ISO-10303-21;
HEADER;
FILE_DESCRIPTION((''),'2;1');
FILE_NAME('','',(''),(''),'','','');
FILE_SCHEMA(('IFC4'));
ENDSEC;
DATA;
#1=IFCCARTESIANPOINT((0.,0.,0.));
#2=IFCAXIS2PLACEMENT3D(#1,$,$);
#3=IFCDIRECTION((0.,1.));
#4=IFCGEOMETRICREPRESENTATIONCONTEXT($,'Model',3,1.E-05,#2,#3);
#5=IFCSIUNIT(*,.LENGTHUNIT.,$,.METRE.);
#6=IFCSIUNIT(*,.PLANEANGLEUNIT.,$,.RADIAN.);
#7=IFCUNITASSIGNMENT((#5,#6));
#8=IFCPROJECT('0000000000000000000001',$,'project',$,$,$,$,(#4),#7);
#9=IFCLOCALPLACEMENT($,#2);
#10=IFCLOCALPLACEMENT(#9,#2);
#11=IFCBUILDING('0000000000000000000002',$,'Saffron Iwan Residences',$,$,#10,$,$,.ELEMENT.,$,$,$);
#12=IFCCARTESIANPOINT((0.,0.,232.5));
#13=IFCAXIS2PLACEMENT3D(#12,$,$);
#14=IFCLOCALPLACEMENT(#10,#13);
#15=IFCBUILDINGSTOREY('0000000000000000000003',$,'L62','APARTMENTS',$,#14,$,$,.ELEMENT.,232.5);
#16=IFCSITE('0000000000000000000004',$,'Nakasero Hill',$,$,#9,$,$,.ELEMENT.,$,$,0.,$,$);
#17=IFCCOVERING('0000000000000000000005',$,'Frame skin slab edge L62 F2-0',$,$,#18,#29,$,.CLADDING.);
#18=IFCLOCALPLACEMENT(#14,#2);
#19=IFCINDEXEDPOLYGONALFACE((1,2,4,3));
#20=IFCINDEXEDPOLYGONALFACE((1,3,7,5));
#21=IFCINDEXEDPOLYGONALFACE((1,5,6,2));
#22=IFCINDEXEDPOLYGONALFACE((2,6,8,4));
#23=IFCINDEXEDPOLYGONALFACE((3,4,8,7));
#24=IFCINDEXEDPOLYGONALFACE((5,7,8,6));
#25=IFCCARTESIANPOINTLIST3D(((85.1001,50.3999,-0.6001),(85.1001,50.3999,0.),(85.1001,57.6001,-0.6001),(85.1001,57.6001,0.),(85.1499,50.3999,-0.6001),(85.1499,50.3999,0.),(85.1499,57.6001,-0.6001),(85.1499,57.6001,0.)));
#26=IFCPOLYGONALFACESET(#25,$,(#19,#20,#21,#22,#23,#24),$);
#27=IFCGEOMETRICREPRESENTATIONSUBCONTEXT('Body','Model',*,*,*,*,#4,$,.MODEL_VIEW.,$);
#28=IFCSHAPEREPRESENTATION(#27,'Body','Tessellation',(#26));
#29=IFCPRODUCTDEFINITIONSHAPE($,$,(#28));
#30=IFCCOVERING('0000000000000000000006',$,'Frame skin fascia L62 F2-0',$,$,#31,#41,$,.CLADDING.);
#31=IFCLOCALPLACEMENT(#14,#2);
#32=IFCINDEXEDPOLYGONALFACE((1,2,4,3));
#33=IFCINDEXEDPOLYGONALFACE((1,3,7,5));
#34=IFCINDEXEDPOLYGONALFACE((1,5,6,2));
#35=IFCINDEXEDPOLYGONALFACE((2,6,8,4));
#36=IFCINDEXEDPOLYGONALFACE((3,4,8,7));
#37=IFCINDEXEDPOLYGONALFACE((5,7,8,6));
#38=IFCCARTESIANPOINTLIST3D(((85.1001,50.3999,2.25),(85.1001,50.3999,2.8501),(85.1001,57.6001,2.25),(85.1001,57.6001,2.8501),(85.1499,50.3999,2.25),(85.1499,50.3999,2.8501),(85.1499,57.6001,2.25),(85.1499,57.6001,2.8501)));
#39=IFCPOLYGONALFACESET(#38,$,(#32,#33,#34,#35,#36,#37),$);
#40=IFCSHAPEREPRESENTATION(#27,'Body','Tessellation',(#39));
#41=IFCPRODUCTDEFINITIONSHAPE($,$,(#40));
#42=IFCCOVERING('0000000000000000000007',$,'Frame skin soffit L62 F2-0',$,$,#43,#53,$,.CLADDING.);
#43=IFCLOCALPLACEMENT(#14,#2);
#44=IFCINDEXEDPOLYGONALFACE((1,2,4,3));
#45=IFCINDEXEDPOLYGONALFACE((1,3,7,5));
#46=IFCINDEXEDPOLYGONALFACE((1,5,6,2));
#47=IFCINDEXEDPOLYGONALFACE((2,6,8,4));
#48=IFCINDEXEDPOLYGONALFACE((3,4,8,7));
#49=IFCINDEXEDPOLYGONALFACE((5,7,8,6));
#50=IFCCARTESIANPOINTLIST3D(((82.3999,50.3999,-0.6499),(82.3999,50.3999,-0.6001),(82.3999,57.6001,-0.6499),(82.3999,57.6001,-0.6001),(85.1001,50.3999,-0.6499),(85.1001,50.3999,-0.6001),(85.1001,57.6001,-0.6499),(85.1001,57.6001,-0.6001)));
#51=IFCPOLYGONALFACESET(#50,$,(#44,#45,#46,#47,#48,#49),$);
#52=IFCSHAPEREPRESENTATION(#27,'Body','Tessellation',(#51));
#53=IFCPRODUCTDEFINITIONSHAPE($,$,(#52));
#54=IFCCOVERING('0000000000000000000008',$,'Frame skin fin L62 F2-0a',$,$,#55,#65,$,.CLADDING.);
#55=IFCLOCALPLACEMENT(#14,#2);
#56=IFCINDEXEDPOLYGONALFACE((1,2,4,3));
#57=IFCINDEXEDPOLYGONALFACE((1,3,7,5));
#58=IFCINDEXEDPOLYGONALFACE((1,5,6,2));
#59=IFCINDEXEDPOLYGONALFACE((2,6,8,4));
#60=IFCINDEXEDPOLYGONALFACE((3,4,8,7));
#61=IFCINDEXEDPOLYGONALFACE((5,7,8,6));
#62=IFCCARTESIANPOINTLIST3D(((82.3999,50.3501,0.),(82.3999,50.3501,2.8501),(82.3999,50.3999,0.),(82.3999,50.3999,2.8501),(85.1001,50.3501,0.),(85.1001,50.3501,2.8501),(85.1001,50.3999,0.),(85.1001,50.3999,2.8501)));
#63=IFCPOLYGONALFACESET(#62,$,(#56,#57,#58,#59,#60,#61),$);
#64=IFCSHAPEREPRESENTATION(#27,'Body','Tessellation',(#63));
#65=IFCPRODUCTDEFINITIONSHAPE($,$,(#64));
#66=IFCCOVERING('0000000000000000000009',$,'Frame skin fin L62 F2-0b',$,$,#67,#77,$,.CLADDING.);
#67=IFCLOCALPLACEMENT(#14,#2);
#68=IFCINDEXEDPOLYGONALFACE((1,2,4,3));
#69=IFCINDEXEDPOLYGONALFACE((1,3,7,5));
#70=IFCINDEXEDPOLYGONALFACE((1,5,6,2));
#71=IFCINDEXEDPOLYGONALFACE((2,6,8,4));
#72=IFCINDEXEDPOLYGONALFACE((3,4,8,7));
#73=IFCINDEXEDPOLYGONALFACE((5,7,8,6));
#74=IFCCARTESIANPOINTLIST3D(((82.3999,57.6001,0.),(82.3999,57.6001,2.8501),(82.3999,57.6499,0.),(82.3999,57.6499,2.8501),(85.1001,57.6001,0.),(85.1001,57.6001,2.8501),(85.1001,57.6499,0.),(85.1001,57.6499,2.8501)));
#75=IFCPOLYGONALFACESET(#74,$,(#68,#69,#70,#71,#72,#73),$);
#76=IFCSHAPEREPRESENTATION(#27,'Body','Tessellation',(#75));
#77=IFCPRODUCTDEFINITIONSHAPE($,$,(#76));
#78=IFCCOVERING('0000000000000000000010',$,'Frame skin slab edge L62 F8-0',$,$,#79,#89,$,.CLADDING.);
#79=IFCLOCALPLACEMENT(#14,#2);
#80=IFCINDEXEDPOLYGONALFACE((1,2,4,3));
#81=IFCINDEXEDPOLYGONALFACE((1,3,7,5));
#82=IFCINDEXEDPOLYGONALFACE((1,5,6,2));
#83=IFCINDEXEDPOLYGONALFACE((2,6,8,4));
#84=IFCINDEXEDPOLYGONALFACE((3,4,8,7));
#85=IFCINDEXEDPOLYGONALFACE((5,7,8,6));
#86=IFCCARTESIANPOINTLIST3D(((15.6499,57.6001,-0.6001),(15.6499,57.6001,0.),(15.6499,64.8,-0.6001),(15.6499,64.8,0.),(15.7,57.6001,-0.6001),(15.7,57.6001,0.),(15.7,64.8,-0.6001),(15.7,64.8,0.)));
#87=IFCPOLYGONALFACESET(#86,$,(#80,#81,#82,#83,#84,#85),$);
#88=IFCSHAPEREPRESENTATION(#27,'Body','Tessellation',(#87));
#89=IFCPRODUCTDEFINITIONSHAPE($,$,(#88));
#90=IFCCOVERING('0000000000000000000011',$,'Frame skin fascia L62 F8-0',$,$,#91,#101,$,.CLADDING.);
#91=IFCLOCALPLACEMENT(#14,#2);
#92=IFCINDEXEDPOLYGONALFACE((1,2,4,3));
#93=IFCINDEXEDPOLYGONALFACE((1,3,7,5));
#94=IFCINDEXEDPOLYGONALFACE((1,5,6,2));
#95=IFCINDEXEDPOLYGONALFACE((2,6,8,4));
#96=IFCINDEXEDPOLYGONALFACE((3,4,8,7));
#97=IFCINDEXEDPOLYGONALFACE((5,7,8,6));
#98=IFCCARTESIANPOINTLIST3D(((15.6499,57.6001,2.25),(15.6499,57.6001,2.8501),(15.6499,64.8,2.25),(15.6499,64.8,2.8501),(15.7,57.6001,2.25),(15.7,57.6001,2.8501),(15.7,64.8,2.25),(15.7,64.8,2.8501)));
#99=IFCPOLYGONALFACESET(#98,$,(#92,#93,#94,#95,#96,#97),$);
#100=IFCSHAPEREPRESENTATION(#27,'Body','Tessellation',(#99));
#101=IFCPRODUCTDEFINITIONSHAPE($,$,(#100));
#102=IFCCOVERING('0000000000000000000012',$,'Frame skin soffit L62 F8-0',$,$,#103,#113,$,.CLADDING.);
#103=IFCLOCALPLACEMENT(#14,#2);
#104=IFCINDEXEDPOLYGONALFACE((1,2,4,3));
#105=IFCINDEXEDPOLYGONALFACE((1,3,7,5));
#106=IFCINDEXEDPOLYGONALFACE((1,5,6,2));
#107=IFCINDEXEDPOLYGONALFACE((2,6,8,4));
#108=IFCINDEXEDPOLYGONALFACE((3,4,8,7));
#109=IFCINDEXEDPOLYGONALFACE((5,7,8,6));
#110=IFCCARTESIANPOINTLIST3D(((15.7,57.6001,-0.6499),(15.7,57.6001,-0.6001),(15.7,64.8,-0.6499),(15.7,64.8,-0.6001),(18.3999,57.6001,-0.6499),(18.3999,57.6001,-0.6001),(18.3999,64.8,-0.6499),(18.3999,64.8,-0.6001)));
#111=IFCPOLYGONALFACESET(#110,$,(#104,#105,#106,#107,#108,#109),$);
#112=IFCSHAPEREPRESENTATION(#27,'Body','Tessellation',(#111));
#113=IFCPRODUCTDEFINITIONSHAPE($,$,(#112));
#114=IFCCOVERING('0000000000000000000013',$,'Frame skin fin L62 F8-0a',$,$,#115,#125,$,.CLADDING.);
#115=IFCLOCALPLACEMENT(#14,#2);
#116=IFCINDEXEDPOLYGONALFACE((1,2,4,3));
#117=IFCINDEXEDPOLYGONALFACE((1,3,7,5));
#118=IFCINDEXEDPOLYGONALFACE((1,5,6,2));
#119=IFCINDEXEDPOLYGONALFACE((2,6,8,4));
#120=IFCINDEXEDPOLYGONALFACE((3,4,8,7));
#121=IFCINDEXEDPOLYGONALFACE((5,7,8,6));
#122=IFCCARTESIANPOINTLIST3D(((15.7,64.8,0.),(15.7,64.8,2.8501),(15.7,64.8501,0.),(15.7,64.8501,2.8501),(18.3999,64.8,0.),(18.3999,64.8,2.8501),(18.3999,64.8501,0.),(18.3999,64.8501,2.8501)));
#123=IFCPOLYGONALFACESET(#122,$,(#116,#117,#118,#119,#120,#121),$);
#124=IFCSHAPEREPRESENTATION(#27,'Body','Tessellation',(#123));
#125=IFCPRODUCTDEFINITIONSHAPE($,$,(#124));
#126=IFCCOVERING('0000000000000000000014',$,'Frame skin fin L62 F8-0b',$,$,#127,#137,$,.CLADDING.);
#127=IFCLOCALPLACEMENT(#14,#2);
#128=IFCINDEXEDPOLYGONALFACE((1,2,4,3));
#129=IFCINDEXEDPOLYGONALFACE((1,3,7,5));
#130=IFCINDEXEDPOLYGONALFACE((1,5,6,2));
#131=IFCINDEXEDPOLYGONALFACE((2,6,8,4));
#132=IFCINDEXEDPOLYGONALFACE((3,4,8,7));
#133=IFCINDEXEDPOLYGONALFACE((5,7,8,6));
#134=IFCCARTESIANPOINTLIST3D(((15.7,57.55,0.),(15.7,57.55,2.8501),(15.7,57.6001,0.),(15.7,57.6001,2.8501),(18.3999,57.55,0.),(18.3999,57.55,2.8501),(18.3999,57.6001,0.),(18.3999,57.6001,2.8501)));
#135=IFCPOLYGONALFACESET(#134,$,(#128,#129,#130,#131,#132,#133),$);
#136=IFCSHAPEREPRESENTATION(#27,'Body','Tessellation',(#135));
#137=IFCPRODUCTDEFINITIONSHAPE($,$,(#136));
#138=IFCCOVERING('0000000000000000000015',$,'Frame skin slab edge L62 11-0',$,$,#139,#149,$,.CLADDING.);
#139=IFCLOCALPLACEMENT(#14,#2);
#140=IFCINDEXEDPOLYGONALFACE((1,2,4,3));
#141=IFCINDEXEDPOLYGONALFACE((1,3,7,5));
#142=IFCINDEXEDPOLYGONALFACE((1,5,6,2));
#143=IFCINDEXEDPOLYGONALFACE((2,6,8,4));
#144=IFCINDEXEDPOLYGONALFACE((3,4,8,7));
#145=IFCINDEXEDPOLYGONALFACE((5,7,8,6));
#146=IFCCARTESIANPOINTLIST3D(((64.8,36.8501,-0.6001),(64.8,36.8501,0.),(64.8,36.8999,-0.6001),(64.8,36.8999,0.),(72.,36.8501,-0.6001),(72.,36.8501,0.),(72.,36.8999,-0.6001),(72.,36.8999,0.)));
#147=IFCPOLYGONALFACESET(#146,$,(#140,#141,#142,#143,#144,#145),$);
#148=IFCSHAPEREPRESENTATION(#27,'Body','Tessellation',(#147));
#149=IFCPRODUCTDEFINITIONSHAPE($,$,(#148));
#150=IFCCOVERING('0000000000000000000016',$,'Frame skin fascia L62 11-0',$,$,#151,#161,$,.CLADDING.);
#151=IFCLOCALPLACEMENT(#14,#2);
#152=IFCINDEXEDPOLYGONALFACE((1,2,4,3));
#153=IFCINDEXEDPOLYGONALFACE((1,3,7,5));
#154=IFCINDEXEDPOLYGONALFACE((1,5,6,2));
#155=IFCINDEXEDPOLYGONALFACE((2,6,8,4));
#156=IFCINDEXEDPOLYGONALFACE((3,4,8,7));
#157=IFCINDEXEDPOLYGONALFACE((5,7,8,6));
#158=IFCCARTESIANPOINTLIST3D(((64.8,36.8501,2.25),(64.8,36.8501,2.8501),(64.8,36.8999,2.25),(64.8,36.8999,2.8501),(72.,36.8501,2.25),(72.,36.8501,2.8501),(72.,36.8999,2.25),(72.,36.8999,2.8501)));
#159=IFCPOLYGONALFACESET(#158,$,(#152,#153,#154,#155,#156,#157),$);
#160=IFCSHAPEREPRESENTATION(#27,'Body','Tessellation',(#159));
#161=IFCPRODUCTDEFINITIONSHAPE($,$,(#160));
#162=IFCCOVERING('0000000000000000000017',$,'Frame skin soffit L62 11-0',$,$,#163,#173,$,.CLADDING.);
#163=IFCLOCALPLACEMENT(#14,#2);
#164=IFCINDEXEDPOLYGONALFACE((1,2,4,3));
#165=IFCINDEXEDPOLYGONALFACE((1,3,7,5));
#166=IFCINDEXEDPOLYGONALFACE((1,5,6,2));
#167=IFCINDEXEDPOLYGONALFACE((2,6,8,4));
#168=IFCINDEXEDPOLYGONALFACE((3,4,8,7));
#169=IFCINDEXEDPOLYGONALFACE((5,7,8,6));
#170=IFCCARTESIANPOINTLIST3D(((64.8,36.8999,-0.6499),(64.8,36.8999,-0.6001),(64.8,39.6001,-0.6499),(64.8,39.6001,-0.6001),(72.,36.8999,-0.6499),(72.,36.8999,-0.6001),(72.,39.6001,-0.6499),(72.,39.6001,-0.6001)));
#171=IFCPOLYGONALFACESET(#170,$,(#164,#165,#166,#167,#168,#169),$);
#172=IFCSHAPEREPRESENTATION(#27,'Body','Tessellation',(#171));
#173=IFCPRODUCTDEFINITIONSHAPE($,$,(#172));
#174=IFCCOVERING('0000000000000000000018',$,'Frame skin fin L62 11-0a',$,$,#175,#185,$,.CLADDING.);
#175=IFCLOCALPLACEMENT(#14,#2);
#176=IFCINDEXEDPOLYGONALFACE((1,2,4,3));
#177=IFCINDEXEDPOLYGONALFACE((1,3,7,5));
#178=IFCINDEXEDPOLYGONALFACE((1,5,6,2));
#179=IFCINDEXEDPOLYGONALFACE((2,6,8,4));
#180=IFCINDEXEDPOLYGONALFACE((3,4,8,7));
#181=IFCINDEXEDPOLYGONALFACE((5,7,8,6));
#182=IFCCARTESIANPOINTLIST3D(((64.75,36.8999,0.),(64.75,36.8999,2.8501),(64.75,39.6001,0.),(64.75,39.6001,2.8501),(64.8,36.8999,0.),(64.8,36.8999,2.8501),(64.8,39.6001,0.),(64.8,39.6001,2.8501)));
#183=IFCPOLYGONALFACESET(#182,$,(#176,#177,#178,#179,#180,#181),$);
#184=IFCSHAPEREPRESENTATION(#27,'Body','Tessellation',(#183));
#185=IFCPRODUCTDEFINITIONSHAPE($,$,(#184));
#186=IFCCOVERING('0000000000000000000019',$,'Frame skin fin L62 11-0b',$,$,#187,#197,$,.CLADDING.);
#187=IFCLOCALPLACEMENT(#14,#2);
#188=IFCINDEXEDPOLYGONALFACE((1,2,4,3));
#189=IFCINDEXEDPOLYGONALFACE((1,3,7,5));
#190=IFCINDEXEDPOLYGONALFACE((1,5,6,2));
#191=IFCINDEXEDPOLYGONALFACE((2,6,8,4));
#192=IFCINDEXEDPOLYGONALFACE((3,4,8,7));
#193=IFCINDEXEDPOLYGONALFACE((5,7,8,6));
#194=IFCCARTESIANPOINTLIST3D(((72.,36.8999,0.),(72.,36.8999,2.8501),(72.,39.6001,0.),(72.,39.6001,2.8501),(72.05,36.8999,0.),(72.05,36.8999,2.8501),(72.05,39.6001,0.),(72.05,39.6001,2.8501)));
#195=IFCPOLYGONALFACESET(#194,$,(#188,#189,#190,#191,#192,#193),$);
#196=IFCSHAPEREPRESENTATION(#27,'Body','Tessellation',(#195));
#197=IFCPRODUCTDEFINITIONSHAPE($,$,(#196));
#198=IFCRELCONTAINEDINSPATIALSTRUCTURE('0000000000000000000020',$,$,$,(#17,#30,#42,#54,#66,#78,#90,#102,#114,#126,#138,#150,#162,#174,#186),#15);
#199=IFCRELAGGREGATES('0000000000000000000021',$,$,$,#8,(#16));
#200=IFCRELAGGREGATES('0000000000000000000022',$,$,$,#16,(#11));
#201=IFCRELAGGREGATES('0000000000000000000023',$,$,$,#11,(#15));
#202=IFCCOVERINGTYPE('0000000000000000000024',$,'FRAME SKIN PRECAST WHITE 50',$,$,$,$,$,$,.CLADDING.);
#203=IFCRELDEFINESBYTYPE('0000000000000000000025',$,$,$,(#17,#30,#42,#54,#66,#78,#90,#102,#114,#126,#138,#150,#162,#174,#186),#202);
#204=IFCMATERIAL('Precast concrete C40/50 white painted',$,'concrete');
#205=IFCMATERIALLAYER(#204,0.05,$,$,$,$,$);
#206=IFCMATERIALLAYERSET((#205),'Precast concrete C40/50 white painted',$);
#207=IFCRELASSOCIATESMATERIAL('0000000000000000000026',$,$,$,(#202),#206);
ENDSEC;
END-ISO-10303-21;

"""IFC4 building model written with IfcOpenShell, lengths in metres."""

from ifc_helpers import new_model, si_unit, direction, frame, origin, place, context, subcontext, project, spatial, polyline, outline, extrude, material, layer, layer_set, type_object, element, save


model = new_model("IFC4")

# Units and contexts
model_context = context("Model", 3, precision=1e-05, world=origin(), true_north=direction((0.0, 1.0)))
body_context = subcontext(model_context, "Body", "Model", "MODEL_VIEW")
ifc_project = project(units=[si_unit("LENGTHUNIT", "METRE"), si_unit("PLANEANGLEUNIT", "RADIAN")], contexts=[model_context])

# Site, building, storey
site_placement = place(None, origin())
site = spatial("IfcSite", under=ifc_project, at=site_placement, Name="Nakasero Hill", CompositionType="ELEMENT", RefElevation=0.0)
building_placement = place(site_placement, origin())
building = spatial("IfcBuilding", under=site, at=building_placement, Name="Saffron Iwan Residences", CompositionType="ELEMENT")
storey_placement = place(building_placement, frame((0.0, 0.0, 232.5)))
storey = spatial("IfcBuildingStorey", under=building, at=storey_placement, Name="L62", Description="APARTMENTS", CompositionType="ELEMENT", Elevation=232.5)

# Coverings
ifc_material_1 = material(Name="Precast concrete C40/50 white painted", Category="concrete")
ifc_layer_1 = layer(ifc_material_1, 0.05)
ifc_layer_set_1 = layer_set([ifc_layer_1], Name="Precast concrete C40/50 white painted")
covering_type_1 = type_object("IfcCoveringType", Name="FRAME SKIN PRECAST WHITE 50", PredefinedType="CLADDING", material=ifc_layer_set_1)
for number, where, name in (
    (1, (0.0, 0.0, -0.6001), "Frame skin slab edge L62 F2-0"),
    (2, (0.0, 0.0, 2.25), "Frame skin fascia L62 F2-0"),
):
    element("IfcCovering", number, at=place(storey_placement, frame(where)), inside=storey, type_object=covering_type_1, Name=name, PredefinedType="CLADDING", context=body_context, shape_type="SweptSolid", body=[
        extrude(outline(polyline([(85.1499, 50.3999), (85.1499, 57.6001), (85.1001, 57.6001), (85.1001, 50.3999), (85.1499, 50.3999)])), origin(), (0.0, 0.0, 1.0), 0.6001),
    ])
covering_1_placement = place(storey_placement, frame((0.0, 0.0, -0.6499)))
element("IfcCovering", 3, at=covering_1_placement, inside=storey, type_object=covering_type_1, Name="Frame skin soffit L62 F2-0", PredefinedType="CLADDING", context=body_context, shape_type="SweptSolid", body=[
    extrude(outline(polyline([(85.1001, 50.3999), (85.1001, 57.6001), (82.3999, 57.6001), (82.3999, 50.3999), (85.1001, 50.3999)])), origin(), (0.0, 0.0, 1.0), 0.0498),
])
covering_2_placement = place(storey_placement, origin())
element("IfcCovering", 4, at=covering_2_placement, inside=storey, type_object=covering_type_1, Name="Frame skin fin L62 F2-0a", PredefinedType="CLADDING", context=body_context, shape_type="SweptSolid", body=[
    extrude(outline(polyline([(85.1001, 50.3501), (85.1001, 50.3999), (82.3999, 50.3999), (82.3999, 50.3501), (85.1001, 50.3501)])), origin(), (0.0, 0.0, 1.0), 2.8501),
])
covering_3_placement = place(storey_placement, origin())
element("IfcCovering", 5, at=covering_3_placement, inside=storey, type_object=covering_type_1, Name="Frame skin fin L62 F2-0b", PredefinedType="CLADDING", context=body_context, shape_type="SweptSolid", body=[
    extrude(outline(polyline([(85.1001, 57.6001), (85.1001, 57.6499), (82.3999, 57.6499), (82.3999, 57.6001), (85.1001, 57.6001)])), origin(), (0.0, 0.0, 1.0), 2.8501),
])
for number, where, name in (
    (6, (0.0, 0.0, -0.6001), "Frame skin slab edge L62 F8-0"),
    (7, (0.0, 0.0, 2.25), "Frame skin fascia L62 F8-0"),
):
    element("IfcCovering", number, at=place(storey_placement, frame(where)), inside=storey, type_object=covering_type_1, Name=name, PredefinedType="CLADDING", context=body_context, shape_type="SweptSolid", body=[
        extrude(outline(polyline([(15.6499, 64.8), (15.6499, 57.6001), (15.7, 57.6001), (15.7, 64.8), (15.6499, 64.8)])), origin(), (0.0, 0.0, 1.0), 0.6001),
    ])
covering_4_placement = place(storey_placement, frame((0.0, 0.0, -0.6499)))
element("IfcCovering", 8, at=covering_4_placement, inside=storey, type_object=covering_type_1, Name="Frame skin soffit L62 F8-0", PredefinedType="CLADDING", context=body_context, shape_type="SweptSolid", body=[
    extrude(outline(polyline([(15.7, 64.8), (15.7, 57.6001), (18.3999, 57.6001), (18.3999, 64.8), (15.7, 64.8)])), origin(), (0.0, 0.0, 1.0), 0.0498),
])
covering_5_placement = place(storey_placement, origin())
element("IfcCovering", 9, at=covering_5_placement, inside=storey, type_object=covering_type_1, Name="Frame skin fin L62 F8-0a", PredefinedType="CLADDING", context=body_context, shape_type="SweptSolid", body=[
    extrude(outline(polyline([(15.7, 64.8501), (15.7, 64.8), (18.3999, 64.8), (18.3999, 64.8501), (15.7, 64.8501)])), origin(), (0.0, 0.0, 1.0), 2.8501),
])
covering_6_placement = place(storey_placement, origin())
element("IfcCovering", 10, at=covering_6_placement, inside=storey, type_object=covering_type_1, Name="Frame skin fin L62 F8-0b", PredefinedType="CLADDING", context=body_context, shape_type="SweptSolid", body=[
    extrude(outline(polyline([(15.7, 57.6001), (15.7, 57.55), (18.3999, 57.55), (18.3999, 57.6001), (15.7, 57.6001)])), origin(), (0.0, 0.0, 1.0), 2.8501),
])
for number, where, name in (
    (11, (0.0, 0.0, -0.6001), "Frame skin slab edge L62 11-0"),
    (12, (0.0, 0.0, 2.25), "Frame skin fascia L62 11-0"),
):
    element("IfcCovering", number, at=place(storey_placement, frame(where)), inside=storey, type_object=covering_type_1, Name=name, PredefinedType="CLADDING", context=body_context, shape_type="SweptSolid", body=[
        extrude(outline(polyline([(64.8, 36.8501), (72.0, 36.8501), (72.0, 36.8999), (64.8, 36.8999), (64.8, 36.8501)])), origin(), (0.0, 0.0, 1.0), 0.6001),
    ])
covering_7_placement = place(storey_placement, frame((0.0, 0.0, -0.6499)))
element("IfcCovering", 13, at=covering_7_placement, inside=storey, type_object=covering_type_1, Name="Frame skin soffit L62 11-0", PredefinedType="CLADDING", context=body_context, shape_type="SweptSolid", body=[
    extrude(outline(polyline([(64.8, 36.8999), (72.0, 36.8999), (72.0, 39.6001), (64.8, 39.6001), (64.8, 36.8999)])), origin(), (0.0, 0.0, 1.0), 0.0498),
])
covering_8_placement = place(storey_placement, origin())
element("IfcCovering", 14, at=covering_8_placement, inside=storey, type_object=covering_type_1, Name="Frame skin fin L62 11-0a", PredefinedType="CLADDING", context=body_context, shape_type="SweptSolid", body=[
    extrude(outline(polyline([(64.75, 36.8999), (64.8, 36.8999), (64.8, 39.6001), (64.75, 39.6001), (64.75, 36.8999)])), origin(), (0.0, 0.0, 1.0), 2.8501),
])
covering_9_placement = place(storey_placement, origin())
element("IfcCovering", 15, at=covering_9_placement, inside=storey, type_object=covering_type_1, Name="Frame skin fin L62 11-0b", PredefinedType="CLADDING", context=body_context, shape_type="SweptSolid", body=[
    extrude(outline(polyline([(72.0, 36.8999), (72.05, 36.8999), (72.05, 39.6001), (72.0, 39.6001), (72.0, 36.8999)])), origin(), (0.0, 0.0, 1.0), 2.8501),
])

save(model, "model.ifc")
